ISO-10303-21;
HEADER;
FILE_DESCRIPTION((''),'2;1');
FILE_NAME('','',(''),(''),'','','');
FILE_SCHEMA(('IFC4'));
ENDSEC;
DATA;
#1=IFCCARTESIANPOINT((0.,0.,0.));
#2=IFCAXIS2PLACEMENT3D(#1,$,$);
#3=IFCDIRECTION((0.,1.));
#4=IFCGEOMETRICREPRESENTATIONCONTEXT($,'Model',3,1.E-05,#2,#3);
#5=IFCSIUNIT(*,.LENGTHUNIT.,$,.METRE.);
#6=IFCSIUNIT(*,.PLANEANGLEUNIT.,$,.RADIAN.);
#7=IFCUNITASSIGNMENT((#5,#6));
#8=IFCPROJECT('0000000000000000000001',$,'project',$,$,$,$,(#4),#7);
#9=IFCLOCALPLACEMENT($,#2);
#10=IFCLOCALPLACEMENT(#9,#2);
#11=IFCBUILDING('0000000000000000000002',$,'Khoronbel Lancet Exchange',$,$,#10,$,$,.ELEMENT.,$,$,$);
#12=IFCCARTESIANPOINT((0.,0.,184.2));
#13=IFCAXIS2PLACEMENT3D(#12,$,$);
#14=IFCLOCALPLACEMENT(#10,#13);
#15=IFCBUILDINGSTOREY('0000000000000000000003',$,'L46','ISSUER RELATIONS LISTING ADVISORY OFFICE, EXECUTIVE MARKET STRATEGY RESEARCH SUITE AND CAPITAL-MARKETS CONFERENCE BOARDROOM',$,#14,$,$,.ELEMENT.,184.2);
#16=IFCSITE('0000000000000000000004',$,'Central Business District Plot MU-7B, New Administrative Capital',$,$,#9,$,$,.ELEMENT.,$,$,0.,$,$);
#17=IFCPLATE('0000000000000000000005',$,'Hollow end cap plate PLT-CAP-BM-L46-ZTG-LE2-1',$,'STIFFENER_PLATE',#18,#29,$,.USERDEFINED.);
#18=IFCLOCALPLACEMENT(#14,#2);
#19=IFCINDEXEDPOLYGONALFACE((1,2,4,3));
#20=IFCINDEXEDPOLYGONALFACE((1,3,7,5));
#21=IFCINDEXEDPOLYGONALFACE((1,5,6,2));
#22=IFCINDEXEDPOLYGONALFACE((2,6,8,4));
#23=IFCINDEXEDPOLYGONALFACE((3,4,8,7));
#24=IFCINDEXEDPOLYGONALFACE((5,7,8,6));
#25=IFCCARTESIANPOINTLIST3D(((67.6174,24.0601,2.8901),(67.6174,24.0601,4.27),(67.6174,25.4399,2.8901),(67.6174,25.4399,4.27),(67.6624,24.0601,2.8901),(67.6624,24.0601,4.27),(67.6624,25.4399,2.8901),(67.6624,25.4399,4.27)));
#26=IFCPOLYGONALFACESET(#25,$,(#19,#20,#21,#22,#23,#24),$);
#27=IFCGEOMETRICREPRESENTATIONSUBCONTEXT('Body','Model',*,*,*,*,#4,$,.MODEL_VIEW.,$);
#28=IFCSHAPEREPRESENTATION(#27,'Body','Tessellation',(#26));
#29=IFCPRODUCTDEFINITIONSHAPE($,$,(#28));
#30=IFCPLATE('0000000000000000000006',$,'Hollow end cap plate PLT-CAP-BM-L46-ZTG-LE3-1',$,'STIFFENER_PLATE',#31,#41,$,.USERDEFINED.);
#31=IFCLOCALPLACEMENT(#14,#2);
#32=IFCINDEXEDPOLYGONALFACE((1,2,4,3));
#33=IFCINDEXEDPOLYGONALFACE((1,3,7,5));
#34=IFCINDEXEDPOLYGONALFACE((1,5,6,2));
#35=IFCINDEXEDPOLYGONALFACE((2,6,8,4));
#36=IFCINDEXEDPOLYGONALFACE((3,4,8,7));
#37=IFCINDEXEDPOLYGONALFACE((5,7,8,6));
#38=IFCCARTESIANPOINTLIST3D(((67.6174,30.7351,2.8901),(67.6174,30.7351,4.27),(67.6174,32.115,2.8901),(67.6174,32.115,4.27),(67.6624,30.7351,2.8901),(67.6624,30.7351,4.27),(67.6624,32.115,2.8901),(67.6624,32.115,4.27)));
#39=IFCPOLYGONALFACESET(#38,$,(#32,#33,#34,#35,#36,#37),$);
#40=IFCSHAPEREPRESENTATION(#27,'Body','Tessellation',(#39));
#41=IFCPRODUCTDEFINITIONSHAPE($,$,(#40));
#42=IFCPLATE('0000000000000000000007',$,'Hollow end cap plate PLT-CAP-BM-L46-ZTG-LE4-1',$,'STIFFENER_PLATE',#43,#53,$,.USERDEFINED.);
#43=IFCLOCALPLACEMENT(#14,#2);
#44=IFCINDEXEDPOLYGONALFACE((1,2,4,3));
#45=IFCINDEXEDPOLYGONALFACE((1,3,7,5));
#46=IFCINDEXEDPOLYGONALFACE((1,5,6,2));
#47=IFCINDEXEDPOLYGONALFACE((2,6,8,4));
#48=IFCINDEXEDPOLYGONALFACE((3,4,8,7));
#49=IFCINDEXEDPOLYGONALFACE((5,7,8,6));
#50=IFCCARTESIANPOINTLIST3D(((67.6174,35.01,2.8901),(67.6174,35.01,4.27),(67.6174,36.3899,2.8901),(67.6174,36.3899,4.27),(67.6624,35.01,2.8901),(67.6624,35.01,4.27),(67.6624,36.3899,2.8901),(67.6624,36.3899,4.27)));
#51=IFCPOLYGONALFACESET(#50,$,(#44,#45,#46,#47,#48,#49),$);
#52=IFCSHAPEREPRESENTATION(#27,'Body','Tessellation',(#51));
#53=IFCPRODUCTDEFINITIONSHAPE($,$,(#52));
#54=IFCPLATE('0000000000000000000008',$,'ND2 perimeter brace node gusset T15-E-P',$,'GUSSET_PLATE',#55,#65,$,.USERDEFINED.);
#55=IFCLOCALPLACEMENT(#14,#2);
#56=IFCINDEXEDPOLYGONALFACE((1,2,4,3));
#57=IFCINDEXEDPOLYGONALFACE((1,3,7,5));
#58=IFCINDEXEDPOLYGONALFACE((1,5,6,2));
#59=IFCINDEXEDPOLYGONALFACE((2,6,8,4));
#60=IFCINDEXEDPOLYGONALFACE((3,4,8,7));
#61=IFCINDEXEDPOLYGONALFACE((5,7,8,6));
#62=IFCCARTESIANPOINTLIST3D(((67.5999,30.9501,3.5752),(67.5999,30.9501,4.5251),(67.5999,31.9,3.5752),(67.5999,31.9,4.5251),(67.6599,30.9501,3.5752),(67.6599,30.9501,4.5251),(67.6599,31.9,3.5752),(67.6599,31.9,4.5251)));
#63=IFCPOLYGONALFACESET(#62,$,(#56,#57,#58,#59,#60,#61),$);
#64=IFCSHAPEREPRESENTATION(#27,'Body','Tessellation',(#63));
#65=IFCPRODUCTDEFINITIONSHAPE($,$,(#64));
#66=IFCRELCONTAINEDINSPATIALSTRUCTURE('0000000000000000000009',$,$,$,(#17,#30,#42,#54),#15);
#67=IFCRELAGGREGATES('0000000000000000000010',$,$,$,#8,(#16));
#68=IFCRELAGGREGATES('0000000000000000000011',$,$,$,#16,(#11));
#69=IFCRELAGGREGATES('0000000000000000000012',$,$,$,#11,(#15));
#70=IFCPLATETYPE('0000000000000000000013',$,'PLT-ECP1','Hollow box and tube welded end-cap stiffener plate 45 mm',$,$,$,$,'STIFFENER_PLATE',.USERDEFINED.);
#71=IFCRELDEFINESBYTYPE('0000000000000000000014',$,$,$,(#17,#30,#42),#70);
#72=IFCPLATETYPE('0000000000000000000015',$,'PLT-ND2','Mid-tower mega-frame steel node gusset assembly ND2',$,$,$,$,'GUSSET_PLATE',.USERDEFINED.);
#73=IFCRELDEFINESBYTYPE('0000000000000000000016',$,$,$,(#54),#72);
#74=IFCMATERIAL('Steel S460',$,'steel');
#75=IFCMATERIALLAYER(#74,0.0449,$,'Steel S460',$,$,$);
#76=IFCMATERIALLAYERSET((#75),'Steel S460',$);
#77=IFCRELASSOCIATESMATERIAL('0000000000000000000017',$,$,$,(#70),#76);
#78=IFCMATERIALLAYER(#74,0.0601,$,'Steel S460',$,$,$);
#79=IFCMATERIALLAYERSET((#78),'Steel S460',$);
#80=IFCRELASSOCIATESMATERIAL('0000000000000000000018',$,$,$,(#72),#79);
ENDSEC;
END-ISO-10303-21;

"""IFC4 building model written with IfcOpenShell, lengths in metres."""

from ifc_helpers import new_model, si_unit, direction, frame, origin, origin_2d, place, context, subcontext, project, spatial, rectangle, extrude, material, layer, layer_set, type_object, element, save


model = new_model("IFC4")

# Units and contexts
model_context = context("Model", 3, precision=1e-05, world=origin(), true_north=direction((0.0, 1.0)))
body_context = subcontext(model_context, "Body", "Model", "MODEL_VIEW")
ifc_project = project(units=[si_unit("LENGTHUNIT", "METRE"), si_unit("PLANEANGLEUNIT", "RADIAN")], contexts=[model_context])

# Site, building, storey
site_placement = place(None, origin())
site = spatial("IfcSite", under=ifc_project, at=site_placement, Name="Central Business District Plot MU-7B, New Administrative Capital", CompositionType="ELEMENT", RefElevation=0.0)
building_placement = place(site_placement, origin())
building = spatial("IfcBuilding", under=site, at=building_placement, Name="Khoronbel Lancet Exchange", CompositionType="ELEMENT")
storey_placement = place(building_placement, frame((0.0, 0.0, 184.2)))
storey = spatial("IfcBuildingStorey", under=building, at=storey_placement, Name="L46", Description="ISSUER RELATIONS LISTING ADVISORY OFFICE, EXECUTIVE MARKET STRATEGY RESEARCH SUITE AND CAPITAL-MARKETS CONFERENCE BOARDROOM", CompositionType="ELEMENT", Elevation=184.2)

# Shared definitions
ifc_material_1 = material(Name="Steel S460", Category="steel")

# Plates
ifc_layer_1 = layer(ifc_material_1, 0.0449, Name="Steel S460")
ifc_layer_set_1 = layer_set([ifc_layer_1], Name="Steel S460")
plate_type_1 = type_object("IfcPlateType", Name="PLT-ECP1", Description="Hollow box and tube welded end-cap stiffener plate 45 mm", ElementType="STIFFENER_PLATE", PredefinedType="USERDEFINED", material=ifc_layer_set_1)
for number, where, z_axis, x_axis, name in (
    (1, (67.6399, 24.75, 2.8901), (0.0, 0.0, 1.0), (1.0, 0.0, 0.0), "Hollow end cap plate PLT-CAP-BM-L46-ZTG-LE2-1"),
    (2, (67.6399, 31.425, 2.8901), (0.0, 0.0, 1.0), (1.0, 0.0, 0.0), "Hollow end cap plate PLT-CAP-BM-L46-ZTG-LE3-1"),
    (3, (67.6399, 35.7, 2.8901), (0.0, 0.0, 1.0), (1.0, 0.0, 0.0), "Hollow end cap plate PLT-CAP-BM-L46-ZTG-LE4-1"),
):
    element("IfcPlate", number, at=place(storey_placement, frame(where, z_axis=z_axis, x_axis=x_axis)), inside=storey, type_object=plate_type_1, Name=name, ObjectType="STIFFENER_PLATE", PredefinedType="USERDEFINED", context=body_context, shape_type="SweptSolid", body=[
        extrude(rectangle(XDim=0.0449, YDim=1.3799, at=origin_2d()), origin(), (0.0, 0.0, 1.0), 1.3799),
    ])
ifc_layer_2 = layer(ifc_material_1, 0.0601, Name="Steel S460")
ifc_layer_set_2 = layer_set([ifc_layer_2], Name="Steel S460")
plate_type_2 = type_object("IfcPlateType", Name="PLT-ND2", Description="Mid-tower mega-frame steel node gusset assembly ND2", ElementType="GUSSET_PLATE", PredefinedType="USERDEFINED", material=ifc_layer_set_2)
plate_1_placement = place(storey_placement, frame((67.6299, 31.425, 3.5752), z_axis=(0.0, 0.0, 1.0), x_axis=(0.0, 1.0, 0.0)))
element("IfcPlate", 4, at=plate_1_placement, inside=storey, type_object=plate_type_2, Name="ND2 perimeter brace node gusset T15-E-P", ObjectType="GUSSET_PLATE", PredefinedType="USERDEFINED", context=body_context, shape_type="SweptSolid", body=[
    extrude(rectangle(XDim=0.95, YDim=0.0601, at=origin_2d()), origin(), (0.0, 0.0, 1.0), 0.95),
])

save(model, "model.ifc")
